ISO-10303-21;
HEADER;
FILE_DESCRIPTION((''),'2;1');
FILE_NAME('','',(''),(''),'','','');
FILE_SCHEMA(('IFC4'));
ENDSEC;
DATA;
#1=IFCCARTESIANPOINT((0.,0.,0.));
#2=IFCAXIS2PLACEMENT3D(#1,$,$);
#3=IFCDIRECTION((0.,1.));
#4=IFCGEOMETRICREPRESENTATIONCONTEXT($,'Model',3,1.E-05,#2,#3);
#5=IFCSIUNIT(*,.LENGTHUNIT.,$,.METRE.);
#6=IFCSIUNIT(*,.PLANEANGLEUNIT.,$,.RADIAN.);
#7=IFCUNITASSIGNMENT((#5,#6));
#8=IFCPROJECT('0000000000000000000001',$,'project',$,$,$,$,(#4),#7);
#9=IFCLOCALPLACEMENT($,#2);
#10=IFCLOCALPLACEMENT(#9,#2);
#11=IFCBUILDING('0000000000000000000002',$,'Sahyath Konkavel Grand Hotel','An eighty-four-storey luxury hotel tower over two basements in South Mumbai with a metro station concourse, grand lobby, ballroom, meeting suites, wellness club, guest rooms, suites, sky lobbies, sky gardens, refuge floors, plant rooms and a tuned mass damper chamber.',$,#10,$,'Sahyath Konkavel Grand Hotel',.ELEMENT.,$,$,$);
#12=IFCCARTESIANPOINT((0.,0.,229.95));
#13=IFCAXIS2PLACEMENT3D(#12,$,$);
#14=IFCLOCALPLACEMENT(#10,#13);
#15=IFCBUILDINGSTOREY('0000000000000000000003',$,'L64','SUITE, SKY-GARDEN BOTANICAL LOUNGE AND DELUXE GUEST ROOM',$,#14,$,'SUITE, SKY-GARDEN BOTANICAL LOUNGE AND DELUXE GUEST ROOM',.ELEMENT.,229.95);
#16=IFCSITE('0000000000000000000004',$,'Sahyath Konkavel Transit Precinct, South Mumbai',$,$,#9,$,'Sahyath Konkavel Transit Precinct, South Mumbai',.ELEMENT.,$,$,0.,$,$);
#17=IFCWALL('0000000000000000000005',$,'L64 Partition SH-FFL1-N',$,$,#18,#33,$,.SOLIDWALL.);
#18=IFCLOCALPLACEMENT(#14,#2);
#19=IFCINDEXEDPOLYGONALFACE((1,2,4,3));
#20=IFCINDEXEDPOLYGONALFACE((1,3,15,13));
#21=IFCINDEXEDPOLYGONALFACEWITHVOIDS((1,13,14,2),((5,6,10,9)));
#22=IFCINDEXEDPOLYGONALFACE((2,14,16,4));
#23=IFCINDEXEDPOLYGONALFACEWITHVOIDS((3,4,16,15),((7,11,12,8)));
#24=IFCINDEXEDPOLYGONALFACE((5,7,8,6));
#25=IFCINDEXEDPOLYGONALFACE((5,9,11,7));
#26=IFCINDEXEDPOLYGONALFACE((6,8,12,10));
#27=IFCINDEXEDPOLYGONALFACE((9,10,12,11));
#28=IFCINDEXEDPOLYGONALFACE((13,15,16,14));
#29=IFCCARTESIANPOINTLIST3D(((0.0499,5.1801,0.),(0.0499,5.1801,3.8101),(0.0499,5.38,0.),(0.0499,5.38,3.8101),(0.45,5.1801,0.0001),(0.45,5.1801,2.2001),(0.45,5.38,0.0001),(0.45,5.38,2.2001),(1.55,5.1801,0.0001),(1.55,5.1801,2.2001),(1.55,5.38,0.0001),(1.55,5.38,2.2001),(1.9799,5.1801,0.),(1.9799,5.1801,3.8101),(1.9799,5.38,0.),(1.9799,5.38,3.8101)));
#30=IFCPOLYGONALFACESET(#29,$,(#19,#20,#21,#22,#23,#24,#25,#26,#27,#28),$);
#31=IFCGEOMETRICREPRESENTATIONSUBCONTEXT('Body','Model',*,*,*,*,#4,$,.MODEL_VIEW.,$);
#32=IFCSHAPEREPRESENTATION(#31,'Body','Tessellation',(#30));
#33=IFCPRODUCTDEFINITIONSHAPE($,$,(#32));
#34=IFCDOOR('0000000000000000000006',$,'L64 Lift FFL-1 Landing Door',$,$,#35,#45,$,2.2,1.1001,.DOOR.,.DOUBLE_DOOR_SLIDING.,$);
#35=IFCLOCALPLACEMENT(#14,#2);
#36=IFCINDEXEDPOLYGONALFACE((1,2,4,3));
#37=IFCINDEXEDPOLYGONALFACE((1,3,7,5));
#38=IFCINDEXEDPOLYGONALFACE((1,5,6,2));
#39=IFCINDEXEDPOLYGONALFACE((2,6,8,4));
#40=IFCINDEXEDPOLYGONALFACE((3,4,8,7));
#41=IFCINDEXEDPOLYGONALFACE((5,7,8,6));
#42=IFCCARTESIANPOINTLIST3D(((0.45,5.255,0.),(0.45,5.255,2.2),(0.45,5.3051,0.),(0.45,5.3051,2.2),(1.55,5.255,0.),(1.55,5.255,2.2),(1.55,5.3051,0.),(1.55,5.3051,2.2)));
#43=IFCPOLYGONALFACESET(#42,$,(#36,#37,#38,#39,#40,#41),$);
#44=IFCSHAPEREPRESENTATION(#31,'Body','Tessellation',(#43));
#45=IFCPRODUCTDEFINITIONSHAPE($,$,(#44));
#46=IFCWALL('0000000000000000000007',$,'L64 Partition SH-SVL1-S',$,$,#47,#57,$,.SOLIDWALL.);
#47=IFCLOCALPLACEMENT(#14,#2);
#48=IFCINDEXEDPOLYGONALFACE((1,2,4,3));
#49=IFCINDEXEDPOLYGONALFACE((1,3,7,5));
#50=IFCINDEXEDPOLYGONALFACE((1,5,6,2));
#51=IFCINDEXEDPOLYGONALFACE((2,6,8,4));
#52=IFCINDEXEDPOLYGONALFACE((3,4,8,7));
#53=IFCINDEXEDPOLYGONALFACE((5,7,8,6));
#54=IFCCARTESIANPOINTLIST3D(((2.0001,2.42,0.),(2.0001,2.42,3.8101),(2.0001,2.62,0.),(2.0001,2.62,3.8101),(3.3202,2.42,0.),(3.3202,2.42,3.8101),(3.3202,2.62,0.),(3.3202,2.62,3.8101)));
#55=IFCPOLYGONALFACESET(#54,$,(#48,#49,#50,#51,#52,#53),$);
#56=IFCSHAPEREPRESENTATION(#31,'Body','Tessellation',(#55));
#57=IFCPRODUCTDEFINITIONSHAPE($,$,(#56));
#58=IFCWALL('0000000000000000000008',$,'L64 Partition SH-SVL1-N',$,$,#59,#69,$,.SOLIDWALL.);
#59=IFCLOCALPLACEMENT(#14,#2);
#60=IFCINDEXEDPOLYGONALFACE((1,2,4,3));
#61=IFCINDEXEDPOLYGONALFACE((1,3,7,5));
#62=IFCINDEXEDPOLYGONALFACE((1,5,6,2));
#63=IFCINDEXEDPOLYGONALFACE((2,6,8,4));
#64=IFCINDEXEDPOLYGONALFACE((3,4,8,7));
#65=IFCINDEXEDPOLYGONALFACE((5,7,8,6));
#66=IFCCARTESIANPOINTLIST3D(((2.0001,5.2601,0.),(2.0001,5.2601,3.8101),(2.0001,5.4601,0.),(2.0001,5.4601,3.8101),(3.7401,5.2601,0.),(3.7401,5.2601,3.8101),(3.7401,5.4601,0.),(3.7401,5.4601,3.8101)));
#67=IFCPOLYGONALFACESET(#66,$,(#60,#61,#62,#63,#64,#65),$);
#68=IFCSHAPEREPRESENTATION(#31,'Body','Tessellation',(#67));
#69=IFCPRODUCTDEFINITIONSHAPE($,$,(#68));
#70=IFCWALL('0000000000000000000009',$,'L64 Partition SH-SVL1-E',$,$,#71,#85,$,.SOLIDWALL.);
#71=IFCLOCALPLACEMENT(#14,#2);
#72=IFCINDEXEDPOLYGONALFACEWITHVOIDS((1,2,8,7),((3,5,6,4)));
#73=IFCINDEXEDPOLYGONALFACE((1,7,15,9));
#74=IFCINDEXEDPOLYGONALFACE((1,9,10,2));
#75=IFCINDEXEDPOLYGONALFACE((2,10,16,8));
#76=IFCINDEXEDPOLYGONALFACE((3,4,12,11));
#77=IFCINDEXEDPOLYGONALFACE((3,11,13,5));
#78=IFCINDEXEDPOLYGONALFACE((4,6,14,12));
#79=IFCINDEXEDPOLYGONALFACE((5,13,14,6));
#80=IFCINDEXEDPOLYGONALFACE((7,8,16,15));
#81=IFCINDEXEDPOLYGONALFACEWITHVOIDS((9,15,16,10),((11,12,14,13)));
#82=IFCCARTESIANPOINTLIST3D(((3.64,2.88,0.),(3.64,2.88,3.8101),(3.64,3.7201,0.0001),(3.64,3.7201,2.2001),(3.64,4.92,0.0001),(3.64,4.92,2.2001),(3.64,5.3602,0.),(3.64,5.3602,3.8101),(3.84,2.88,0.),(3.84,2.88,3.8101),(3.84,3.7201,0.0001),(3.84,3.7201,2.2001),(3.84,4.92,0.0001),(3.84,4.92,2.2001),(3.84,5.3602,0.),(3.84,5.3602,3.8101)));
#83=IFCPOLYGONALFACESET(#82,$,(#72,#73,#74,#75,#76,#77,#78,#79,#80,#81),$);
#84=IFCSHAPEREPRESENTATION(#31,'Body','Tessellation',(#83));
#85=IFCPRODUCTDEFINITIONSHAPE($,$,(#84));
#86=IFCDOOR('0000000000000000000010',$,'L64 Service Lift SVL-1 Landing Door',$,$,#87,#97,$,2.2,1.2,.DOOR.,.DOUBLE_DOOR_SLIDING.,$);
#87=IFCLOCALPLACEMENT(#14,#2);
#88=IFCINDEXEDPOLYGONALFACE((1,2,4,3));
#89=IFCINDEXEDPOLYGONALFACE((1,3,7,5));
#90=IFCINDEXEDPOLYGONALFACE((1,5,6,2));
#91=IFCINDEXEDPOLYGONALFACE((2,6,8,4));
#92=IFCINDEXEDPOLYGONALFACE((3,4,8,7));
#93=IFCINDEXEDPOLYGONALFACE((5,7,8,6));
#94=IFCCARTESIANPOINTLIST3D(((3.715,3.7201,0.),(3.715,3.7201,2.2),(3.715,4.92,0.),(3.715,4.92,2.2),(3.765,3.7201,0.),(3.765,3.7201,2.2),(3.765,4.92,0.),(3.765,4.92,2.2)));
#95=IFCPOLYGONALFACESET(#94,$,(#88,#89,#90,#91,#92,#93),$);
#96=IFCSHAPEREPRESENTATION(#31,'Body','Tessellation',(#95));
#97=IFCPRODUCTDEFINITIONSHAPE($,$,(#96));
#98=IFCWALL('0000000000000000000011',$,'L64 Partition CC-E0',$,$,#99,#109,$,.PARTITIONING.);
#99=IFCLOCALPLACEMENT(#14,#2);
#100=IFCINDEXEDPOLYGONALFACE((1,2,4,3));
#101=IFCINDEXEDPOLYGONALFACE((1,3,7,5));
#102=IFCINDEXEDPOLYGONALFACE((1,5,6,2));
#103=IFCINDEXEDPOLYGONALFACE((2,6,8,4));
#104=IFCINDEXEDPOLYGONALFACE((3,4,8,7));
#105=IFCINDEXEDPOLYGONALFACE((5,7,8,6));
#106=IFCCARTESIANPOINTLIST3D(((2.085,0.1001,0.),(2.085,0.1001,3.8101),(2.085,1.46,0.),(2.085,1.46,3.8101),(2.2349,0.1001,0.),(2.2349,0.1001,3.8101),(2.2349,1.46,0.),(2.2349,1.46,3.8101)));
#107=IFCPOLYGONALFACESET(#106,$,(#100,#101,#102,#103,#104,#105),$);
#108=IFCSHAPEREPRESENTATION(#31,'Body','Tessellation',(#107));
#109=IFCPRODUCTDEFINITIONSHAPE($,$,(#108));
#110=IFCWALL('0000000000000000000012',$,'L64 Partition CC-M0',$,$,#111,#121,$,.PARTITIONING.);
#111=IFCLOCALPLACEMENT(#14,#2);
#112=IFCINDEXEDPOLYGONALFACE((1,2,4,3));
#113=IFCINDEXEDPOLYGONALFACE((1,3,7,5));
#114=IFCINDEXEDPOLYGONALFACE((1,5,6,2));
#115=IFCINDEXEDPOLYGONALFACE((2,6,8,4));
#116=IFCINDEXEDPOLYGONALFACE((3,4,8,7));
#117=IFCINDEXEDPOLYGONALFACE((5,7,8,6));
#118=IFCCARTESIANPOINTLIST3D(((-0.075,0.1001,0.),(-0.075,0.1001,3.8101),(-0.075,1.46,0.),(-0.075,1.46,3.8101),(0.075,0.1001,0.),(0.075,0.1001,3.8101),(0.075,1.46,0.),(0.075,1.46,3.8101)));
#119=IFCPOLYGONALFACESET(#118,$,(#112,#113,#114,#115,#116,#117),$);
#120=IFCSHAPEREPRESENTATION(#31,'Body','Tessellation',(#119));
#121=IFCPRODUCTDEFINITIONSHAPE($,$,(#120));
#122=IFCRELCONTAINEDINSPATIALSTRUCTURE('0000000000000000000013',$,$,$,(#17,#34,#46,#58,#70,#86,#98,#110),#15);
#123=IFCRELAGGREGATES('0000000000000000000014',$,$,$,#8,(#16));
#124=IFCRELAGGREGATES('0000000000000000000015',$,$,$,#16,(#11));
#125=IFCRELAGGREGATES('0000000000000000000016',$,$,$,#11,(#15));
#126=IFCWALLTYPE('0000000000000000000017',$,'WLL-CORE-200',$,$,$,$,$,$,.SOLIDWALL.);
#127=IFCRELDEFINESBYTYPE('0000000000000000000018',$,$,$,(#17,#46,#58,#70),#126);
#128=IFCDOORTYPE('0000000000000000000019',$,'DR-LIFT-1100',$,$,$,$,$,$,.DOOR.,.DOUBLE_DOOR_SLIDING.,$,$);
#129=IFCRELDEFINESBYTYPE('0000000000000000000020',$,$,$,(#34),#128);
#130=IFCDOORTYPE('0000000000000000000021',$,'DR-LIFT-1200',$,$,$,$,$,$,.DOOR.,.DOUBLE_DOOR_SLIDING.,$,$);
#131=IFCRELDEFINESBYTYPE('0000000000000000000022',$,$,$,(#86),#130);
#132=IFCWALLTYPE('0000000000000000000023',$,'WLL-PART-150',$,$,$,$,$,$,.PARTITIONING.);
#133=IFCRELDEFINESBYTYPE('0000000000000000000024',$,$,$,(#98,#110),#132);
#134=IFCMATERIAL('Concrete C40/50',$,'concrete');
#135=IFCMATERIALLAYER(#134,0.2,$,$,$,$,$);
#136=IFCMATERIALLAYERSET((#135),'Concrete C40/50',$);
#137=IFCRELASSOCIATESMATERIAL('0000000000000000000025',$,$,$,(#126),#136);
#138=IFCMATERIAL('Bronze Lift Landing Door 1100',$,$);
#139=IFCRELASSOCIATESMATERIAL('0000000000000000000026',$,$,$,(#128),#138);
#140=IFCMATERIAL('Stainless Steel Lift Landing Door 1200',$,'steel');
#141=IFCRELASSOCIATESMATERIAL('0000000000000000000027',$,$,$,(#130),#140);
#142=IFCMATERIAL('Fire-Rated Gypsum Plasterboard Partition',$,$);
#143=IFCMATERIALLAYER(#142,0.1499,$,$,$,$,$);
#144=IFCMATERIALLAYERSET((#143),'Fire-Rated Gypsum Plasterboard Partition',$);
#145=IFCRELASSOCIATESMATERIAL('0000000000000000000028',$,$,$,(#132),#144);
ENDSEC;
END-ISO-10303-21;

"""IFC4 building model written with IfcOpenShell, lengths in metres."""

from ifc_helpers import new_model, si_unit, direction, frame, frame_2d, origin, origin_2d, place, context, subcontext, project, spatial, rectangle, extrude, source, transform, mapped, material, layer, layer_set, type_object, element, fill, save


model = new_model("IFC4")

# Units and contexts
model_context = context("Model", 3, precision=1e-05, world=origin(), true_north=direction((0.0, 1.0)))
body_context = subcontext(model_context, "Body", "Model", "MODEL_VIEW")
ifc_project = project(units=[si_unit("LENGTHUNIT", "METRE"), si_unit("PLANEANGLEUNIT", "RADIAN")], contexts=[model_context])

# Site, building, storey
site_placement = place(None, origin())
site = spatial("IfcSite", under=ifc_project, at=site_placement, Name="Sahyath Konkavel Transit Precinct, South Mumbai", LongName="Sahyath Konkavel Transit Precinct, South Mumbai", CompositionType="ELEMENT", RefElevation=0.0)
building_placement = place(site_placement, origin())
building = spatial("IfcBuilding", under=site, at=building_placement, Name="Sahyath Konkavel Grand Hotel", Description="An eighty-four-storey luxury hotel tower over two basements in South Mumbai with a metro station concourse, grand lobby, ballroom, meeting suites, wellness club, guest rooms, suites, sky lobbies, sky gardens, refuge floors, plant rooms and a tuned mass damper chamber.", LongName="Sahyath Konkavel Grand Hotel", CompositionType="ELEMENT")
storey_placement = place(building_placement, frame((0.0, 0.0, 229.95)))
storey = spatial("IfcBuildingStorey", under=building, at=storey_placement, Name="L64", Description="SUITE, SKY-GARDEN BOTANICAL LOUNGE AND DELUXE GUEST ROOM", LongName="SUITE, SKY-GARDEN BOTANICAL LOUNGE AND DELUXE GUEST ROOM", CompositionType="ELEMENT", Elevation=229.95)

# Shared definitions
ifc_material_1 = material(Name="Concrete C40/50", Category="concrete")
ifc_layer_1 = layer(ifc_material_1, 0.2)
ifc_layer_set_1 = layer_set([ifc_layer_1], Name="Concrete C40/50")
wall_type_1 = type_object("IfcWallType", Name="WLL-CORE-200", PredefinedType="SOLIDWALL", material=ifc_layer_set_1)

# Wall, opening, door
wall_1_placement = place(storey_placement, frame((0.05, 5.28, 0.0), z_axis=(0.0, 0.0, 1.0), x_axis=(1.0, 0.0, 0.0)))
wall_1 = element("IfcWall", 1, at=wall_1_placement, inside=storey, type_object=wall_type_1, Name="L64 Partition SH-FFL1-N", PredefinedType="SOLIDWALL", context=body_context, shape_type="SweptSolid", body=[
    extrude(rectangle(XDim=1.9299, YDim=0.2, at=frame_2d((0.9648, 0.0))), origin(), (0.0, 0.0, 1.0), 3.8101),
])
opening_1_placement = place(wall_1_placement, frame((0.3999, 0.0, 0.0)))
opening_1 = element("IfcOpeningElement", 2, at=opening_1_placement, cuts=wall_1, PredefinedType="OPENING", context=body_context, shape_type="SweptSolid", body=[
    extrude(rectangle(XDim=1.1001, YDim=2.2, at=frame_2d((0.55, 1.1001))), frame((0.0, 0.1099, 0.0), z_axis=(0.0, -1.0, 0.0), x_axis=(1.0, 0.0, 0.0)), (0.0, 0.0, 1.0), 0.22),
])
ifc_material_2 = material(Name="Bronze Lift Landing Door 1100")
door_type_1 = type_object("IfcDoorType", Name="DR-LIFT-1100", OperationType="DOUBLE_DOOR_SLIDING", PredefinedType="DOOR", material=ifc_material_2)
shared_shape_1 = source(origin(), body_context, "Body", "SweptSolid", [
    extrude(rectangle(XDim=1.1001, YDim=0.05, at=origin_2d()), origin(), (0.0, 0.0, 1.0), 2.2),
])
door_1_placement = place(opening_1_placement, frame((0.55, 0.0, 0.0)))
door_1 = element("IfcDoor", 3, at=door_1_placement, inside=storey, type_object=door_type_1, Name="L64 Lift FFL-1 Landing Door", OperationType="DOUBLE_DOOR_SLIDING", OverallHeight=2.2, OverallWidth=1.1001, PredefinedType="DOOR", context=body_context, shape_type="MappedRepresentation", body=[
    mapped(shared_shape_1, transform((0.0, 0.0, 0.0), scale=1.0)),
])
fill(opening_1, door_1)

# Walls
wall_2_placement = place(storey_placement, frame((2.0, 2.52, 0.0), z_axis=(0.0, 0.0, 1.0), x_axis=(1.0, 0.0, 0.0)))
element("IfcWall", 4, at=wall_2_placement, inside=storey, type_object=wall_type_1, Name="L64 Partition SH-SVL1-S", PredefinedType="SOLIDWALL", context=body_context, shape_type="SweptSolid", body=[
    extrude(rectangle(XDim=1.3201, YDim=0.2, at=frame_2d((0.6602, 0.0))), origin(), (0.0, 0.0, 1.0), 3.8101),
])
wall_3_placement = place(storey_placement, frame((2.0, 5.3601, 0.0), z_axis=(0.0, 0.0, 1.0), x_axis=(1.0, 0.0, 0.0)))
element("IfcWall", 5, at=wall_3_placement, inside=storey, type_object=wall_type_1, Name="L64 Partition SH-SVL1-N", PredefinedType="SOLIDWALL", context=body_context, shape_type="SweptSolid", body=[
    extrude(rectangle(XDim=1.74, YDim=0.2, at=frame_2d((0.8701, 0.0))), origin(), (0.0, 0.0, 1.0), 3.8101),
])

# Wall, opening, door
wall_4_placement = place(storey_placement, frame((3.74, 2.8799, 0.0), z_axis=(0.0, 0.0, 1.0), x_axis=(0.0, 1.0, 0.0)))
wall_4 = element("IfcWall", 6, at=wall_4_placement, inside=storey, type_object=wall_type_1, Name="L64 Partition SH-SVL1-E", PredefinedType="SOLIDWALL", context=body_context, shape_type="SweptSolid", body=[
    extrude(rectangle(XDim=2.4802, YDim=0.2, at=frame_2d((1.2402, 0.0))), origin(), (0.0, 0.0, 1.0), 3.8101),
])
opening_2_placement = place(wall_4_placement, frame((0.8401, 0.0, 0.0)))
opening_2 = element("IfcOpeningElement", 7, at=opening_2_placement, cuts=wall_4, PredefinedType="OPENING", context=body_context, shape_type="SweptSolid", body=[
    extrude(rectangle(XDim=1.2, YDim=2.2, at=frame_2d((0.6001, 1.1001))), frame((0.0, 0.1099, 0.0), z_axis=(0.0, -1.0, 0.0), x_axis=(1.0, 0.0, 0.0)), (0.0, 0.0, 1.0), 0.22),
])
ifc_material_3 = material(Name="Stainless Steel Lift Landing Door 1200", Category="steel")
door_type_2 = type_object("IfcDoorType", Name="DR-LIFT-1200", OperationType="DOUBLE_DOOR_SLIDING", PredefinedType="DOOR", material=ifc_material_3)
shared_shape_2 = source(origin(), body_context, "Body", "SweptSolid", [
    extrude(rectangle(XDim=1.2, YDim=0.05, at=origin_2d()), origin(), (0.0, 0.0, 1.0), 2.2),
])
door_2_placement = place(opening_2_placement, frame((0.6001, 0.0, 0.0)))
door_2 = element("IfcDoor", 8, at=door_2_placement, inside=storey, type_object=door_type_2, Name="L64 Service Lift SVL-1 Landing Door", OperationType="DOUBLE_DOOR_SLIDING", OverallHeight=2.2, OverallWidth=1.2, PredefinedType="DOOR", context=body_context, shape_type="MappedRepresentation", body=[
    mapped(shared_shape_2, transform((0.0, 0.0, 0.0), scale=1.0)),
])
fill(opening_2, door_2)

# Walls
ifc_material_4 = material(Name="Fire-Rated Gypsum Plasterboard Partition")
ifc_layer_2 = layer(ifc_material_4, 0.1499)
ifc_layer_set_2 = layer_set([ifc_layer_2], Name="Fire-Rated Gypsum Plasterboard Partition")
wall_type_2 = type_object("IfcWallType", Name="WLL-PART-150", PredefinedType="PARTITIONING", material=ifc_layer_set_2)
for number, where, z_axis, x_axis, name in (
    (9, (2.1599, 0.1001, 0.0), (0.0, 0.0, 1.0), (0.0, 1.0, 0.0), "L64 Partition CC-E0"),
    (10, (0.0, 0.1001, 0.0), (0.0, 0.0, 1.0), (0.0, 1.0, 0.0), "L64 Partition CC-M0"),
):
    element("IfcWall", number, at=place(storey_placement, frame(where, z_axis=z_axis, x_axis=x_axis)), inside=storey, type_object=wall_type_2, Name=name, PredefinedType="PARTITIONING", context=body_context, shape_type="SweptSolid", body=[
        extrude(rectangle(XDim=1.3599, YDim=0.1499, at=frame_2d((0.6799, 0.0))), origin(), (0.0, 0.0, 1.0), 3.8101),
    ])

save(model, "model.ifc")
